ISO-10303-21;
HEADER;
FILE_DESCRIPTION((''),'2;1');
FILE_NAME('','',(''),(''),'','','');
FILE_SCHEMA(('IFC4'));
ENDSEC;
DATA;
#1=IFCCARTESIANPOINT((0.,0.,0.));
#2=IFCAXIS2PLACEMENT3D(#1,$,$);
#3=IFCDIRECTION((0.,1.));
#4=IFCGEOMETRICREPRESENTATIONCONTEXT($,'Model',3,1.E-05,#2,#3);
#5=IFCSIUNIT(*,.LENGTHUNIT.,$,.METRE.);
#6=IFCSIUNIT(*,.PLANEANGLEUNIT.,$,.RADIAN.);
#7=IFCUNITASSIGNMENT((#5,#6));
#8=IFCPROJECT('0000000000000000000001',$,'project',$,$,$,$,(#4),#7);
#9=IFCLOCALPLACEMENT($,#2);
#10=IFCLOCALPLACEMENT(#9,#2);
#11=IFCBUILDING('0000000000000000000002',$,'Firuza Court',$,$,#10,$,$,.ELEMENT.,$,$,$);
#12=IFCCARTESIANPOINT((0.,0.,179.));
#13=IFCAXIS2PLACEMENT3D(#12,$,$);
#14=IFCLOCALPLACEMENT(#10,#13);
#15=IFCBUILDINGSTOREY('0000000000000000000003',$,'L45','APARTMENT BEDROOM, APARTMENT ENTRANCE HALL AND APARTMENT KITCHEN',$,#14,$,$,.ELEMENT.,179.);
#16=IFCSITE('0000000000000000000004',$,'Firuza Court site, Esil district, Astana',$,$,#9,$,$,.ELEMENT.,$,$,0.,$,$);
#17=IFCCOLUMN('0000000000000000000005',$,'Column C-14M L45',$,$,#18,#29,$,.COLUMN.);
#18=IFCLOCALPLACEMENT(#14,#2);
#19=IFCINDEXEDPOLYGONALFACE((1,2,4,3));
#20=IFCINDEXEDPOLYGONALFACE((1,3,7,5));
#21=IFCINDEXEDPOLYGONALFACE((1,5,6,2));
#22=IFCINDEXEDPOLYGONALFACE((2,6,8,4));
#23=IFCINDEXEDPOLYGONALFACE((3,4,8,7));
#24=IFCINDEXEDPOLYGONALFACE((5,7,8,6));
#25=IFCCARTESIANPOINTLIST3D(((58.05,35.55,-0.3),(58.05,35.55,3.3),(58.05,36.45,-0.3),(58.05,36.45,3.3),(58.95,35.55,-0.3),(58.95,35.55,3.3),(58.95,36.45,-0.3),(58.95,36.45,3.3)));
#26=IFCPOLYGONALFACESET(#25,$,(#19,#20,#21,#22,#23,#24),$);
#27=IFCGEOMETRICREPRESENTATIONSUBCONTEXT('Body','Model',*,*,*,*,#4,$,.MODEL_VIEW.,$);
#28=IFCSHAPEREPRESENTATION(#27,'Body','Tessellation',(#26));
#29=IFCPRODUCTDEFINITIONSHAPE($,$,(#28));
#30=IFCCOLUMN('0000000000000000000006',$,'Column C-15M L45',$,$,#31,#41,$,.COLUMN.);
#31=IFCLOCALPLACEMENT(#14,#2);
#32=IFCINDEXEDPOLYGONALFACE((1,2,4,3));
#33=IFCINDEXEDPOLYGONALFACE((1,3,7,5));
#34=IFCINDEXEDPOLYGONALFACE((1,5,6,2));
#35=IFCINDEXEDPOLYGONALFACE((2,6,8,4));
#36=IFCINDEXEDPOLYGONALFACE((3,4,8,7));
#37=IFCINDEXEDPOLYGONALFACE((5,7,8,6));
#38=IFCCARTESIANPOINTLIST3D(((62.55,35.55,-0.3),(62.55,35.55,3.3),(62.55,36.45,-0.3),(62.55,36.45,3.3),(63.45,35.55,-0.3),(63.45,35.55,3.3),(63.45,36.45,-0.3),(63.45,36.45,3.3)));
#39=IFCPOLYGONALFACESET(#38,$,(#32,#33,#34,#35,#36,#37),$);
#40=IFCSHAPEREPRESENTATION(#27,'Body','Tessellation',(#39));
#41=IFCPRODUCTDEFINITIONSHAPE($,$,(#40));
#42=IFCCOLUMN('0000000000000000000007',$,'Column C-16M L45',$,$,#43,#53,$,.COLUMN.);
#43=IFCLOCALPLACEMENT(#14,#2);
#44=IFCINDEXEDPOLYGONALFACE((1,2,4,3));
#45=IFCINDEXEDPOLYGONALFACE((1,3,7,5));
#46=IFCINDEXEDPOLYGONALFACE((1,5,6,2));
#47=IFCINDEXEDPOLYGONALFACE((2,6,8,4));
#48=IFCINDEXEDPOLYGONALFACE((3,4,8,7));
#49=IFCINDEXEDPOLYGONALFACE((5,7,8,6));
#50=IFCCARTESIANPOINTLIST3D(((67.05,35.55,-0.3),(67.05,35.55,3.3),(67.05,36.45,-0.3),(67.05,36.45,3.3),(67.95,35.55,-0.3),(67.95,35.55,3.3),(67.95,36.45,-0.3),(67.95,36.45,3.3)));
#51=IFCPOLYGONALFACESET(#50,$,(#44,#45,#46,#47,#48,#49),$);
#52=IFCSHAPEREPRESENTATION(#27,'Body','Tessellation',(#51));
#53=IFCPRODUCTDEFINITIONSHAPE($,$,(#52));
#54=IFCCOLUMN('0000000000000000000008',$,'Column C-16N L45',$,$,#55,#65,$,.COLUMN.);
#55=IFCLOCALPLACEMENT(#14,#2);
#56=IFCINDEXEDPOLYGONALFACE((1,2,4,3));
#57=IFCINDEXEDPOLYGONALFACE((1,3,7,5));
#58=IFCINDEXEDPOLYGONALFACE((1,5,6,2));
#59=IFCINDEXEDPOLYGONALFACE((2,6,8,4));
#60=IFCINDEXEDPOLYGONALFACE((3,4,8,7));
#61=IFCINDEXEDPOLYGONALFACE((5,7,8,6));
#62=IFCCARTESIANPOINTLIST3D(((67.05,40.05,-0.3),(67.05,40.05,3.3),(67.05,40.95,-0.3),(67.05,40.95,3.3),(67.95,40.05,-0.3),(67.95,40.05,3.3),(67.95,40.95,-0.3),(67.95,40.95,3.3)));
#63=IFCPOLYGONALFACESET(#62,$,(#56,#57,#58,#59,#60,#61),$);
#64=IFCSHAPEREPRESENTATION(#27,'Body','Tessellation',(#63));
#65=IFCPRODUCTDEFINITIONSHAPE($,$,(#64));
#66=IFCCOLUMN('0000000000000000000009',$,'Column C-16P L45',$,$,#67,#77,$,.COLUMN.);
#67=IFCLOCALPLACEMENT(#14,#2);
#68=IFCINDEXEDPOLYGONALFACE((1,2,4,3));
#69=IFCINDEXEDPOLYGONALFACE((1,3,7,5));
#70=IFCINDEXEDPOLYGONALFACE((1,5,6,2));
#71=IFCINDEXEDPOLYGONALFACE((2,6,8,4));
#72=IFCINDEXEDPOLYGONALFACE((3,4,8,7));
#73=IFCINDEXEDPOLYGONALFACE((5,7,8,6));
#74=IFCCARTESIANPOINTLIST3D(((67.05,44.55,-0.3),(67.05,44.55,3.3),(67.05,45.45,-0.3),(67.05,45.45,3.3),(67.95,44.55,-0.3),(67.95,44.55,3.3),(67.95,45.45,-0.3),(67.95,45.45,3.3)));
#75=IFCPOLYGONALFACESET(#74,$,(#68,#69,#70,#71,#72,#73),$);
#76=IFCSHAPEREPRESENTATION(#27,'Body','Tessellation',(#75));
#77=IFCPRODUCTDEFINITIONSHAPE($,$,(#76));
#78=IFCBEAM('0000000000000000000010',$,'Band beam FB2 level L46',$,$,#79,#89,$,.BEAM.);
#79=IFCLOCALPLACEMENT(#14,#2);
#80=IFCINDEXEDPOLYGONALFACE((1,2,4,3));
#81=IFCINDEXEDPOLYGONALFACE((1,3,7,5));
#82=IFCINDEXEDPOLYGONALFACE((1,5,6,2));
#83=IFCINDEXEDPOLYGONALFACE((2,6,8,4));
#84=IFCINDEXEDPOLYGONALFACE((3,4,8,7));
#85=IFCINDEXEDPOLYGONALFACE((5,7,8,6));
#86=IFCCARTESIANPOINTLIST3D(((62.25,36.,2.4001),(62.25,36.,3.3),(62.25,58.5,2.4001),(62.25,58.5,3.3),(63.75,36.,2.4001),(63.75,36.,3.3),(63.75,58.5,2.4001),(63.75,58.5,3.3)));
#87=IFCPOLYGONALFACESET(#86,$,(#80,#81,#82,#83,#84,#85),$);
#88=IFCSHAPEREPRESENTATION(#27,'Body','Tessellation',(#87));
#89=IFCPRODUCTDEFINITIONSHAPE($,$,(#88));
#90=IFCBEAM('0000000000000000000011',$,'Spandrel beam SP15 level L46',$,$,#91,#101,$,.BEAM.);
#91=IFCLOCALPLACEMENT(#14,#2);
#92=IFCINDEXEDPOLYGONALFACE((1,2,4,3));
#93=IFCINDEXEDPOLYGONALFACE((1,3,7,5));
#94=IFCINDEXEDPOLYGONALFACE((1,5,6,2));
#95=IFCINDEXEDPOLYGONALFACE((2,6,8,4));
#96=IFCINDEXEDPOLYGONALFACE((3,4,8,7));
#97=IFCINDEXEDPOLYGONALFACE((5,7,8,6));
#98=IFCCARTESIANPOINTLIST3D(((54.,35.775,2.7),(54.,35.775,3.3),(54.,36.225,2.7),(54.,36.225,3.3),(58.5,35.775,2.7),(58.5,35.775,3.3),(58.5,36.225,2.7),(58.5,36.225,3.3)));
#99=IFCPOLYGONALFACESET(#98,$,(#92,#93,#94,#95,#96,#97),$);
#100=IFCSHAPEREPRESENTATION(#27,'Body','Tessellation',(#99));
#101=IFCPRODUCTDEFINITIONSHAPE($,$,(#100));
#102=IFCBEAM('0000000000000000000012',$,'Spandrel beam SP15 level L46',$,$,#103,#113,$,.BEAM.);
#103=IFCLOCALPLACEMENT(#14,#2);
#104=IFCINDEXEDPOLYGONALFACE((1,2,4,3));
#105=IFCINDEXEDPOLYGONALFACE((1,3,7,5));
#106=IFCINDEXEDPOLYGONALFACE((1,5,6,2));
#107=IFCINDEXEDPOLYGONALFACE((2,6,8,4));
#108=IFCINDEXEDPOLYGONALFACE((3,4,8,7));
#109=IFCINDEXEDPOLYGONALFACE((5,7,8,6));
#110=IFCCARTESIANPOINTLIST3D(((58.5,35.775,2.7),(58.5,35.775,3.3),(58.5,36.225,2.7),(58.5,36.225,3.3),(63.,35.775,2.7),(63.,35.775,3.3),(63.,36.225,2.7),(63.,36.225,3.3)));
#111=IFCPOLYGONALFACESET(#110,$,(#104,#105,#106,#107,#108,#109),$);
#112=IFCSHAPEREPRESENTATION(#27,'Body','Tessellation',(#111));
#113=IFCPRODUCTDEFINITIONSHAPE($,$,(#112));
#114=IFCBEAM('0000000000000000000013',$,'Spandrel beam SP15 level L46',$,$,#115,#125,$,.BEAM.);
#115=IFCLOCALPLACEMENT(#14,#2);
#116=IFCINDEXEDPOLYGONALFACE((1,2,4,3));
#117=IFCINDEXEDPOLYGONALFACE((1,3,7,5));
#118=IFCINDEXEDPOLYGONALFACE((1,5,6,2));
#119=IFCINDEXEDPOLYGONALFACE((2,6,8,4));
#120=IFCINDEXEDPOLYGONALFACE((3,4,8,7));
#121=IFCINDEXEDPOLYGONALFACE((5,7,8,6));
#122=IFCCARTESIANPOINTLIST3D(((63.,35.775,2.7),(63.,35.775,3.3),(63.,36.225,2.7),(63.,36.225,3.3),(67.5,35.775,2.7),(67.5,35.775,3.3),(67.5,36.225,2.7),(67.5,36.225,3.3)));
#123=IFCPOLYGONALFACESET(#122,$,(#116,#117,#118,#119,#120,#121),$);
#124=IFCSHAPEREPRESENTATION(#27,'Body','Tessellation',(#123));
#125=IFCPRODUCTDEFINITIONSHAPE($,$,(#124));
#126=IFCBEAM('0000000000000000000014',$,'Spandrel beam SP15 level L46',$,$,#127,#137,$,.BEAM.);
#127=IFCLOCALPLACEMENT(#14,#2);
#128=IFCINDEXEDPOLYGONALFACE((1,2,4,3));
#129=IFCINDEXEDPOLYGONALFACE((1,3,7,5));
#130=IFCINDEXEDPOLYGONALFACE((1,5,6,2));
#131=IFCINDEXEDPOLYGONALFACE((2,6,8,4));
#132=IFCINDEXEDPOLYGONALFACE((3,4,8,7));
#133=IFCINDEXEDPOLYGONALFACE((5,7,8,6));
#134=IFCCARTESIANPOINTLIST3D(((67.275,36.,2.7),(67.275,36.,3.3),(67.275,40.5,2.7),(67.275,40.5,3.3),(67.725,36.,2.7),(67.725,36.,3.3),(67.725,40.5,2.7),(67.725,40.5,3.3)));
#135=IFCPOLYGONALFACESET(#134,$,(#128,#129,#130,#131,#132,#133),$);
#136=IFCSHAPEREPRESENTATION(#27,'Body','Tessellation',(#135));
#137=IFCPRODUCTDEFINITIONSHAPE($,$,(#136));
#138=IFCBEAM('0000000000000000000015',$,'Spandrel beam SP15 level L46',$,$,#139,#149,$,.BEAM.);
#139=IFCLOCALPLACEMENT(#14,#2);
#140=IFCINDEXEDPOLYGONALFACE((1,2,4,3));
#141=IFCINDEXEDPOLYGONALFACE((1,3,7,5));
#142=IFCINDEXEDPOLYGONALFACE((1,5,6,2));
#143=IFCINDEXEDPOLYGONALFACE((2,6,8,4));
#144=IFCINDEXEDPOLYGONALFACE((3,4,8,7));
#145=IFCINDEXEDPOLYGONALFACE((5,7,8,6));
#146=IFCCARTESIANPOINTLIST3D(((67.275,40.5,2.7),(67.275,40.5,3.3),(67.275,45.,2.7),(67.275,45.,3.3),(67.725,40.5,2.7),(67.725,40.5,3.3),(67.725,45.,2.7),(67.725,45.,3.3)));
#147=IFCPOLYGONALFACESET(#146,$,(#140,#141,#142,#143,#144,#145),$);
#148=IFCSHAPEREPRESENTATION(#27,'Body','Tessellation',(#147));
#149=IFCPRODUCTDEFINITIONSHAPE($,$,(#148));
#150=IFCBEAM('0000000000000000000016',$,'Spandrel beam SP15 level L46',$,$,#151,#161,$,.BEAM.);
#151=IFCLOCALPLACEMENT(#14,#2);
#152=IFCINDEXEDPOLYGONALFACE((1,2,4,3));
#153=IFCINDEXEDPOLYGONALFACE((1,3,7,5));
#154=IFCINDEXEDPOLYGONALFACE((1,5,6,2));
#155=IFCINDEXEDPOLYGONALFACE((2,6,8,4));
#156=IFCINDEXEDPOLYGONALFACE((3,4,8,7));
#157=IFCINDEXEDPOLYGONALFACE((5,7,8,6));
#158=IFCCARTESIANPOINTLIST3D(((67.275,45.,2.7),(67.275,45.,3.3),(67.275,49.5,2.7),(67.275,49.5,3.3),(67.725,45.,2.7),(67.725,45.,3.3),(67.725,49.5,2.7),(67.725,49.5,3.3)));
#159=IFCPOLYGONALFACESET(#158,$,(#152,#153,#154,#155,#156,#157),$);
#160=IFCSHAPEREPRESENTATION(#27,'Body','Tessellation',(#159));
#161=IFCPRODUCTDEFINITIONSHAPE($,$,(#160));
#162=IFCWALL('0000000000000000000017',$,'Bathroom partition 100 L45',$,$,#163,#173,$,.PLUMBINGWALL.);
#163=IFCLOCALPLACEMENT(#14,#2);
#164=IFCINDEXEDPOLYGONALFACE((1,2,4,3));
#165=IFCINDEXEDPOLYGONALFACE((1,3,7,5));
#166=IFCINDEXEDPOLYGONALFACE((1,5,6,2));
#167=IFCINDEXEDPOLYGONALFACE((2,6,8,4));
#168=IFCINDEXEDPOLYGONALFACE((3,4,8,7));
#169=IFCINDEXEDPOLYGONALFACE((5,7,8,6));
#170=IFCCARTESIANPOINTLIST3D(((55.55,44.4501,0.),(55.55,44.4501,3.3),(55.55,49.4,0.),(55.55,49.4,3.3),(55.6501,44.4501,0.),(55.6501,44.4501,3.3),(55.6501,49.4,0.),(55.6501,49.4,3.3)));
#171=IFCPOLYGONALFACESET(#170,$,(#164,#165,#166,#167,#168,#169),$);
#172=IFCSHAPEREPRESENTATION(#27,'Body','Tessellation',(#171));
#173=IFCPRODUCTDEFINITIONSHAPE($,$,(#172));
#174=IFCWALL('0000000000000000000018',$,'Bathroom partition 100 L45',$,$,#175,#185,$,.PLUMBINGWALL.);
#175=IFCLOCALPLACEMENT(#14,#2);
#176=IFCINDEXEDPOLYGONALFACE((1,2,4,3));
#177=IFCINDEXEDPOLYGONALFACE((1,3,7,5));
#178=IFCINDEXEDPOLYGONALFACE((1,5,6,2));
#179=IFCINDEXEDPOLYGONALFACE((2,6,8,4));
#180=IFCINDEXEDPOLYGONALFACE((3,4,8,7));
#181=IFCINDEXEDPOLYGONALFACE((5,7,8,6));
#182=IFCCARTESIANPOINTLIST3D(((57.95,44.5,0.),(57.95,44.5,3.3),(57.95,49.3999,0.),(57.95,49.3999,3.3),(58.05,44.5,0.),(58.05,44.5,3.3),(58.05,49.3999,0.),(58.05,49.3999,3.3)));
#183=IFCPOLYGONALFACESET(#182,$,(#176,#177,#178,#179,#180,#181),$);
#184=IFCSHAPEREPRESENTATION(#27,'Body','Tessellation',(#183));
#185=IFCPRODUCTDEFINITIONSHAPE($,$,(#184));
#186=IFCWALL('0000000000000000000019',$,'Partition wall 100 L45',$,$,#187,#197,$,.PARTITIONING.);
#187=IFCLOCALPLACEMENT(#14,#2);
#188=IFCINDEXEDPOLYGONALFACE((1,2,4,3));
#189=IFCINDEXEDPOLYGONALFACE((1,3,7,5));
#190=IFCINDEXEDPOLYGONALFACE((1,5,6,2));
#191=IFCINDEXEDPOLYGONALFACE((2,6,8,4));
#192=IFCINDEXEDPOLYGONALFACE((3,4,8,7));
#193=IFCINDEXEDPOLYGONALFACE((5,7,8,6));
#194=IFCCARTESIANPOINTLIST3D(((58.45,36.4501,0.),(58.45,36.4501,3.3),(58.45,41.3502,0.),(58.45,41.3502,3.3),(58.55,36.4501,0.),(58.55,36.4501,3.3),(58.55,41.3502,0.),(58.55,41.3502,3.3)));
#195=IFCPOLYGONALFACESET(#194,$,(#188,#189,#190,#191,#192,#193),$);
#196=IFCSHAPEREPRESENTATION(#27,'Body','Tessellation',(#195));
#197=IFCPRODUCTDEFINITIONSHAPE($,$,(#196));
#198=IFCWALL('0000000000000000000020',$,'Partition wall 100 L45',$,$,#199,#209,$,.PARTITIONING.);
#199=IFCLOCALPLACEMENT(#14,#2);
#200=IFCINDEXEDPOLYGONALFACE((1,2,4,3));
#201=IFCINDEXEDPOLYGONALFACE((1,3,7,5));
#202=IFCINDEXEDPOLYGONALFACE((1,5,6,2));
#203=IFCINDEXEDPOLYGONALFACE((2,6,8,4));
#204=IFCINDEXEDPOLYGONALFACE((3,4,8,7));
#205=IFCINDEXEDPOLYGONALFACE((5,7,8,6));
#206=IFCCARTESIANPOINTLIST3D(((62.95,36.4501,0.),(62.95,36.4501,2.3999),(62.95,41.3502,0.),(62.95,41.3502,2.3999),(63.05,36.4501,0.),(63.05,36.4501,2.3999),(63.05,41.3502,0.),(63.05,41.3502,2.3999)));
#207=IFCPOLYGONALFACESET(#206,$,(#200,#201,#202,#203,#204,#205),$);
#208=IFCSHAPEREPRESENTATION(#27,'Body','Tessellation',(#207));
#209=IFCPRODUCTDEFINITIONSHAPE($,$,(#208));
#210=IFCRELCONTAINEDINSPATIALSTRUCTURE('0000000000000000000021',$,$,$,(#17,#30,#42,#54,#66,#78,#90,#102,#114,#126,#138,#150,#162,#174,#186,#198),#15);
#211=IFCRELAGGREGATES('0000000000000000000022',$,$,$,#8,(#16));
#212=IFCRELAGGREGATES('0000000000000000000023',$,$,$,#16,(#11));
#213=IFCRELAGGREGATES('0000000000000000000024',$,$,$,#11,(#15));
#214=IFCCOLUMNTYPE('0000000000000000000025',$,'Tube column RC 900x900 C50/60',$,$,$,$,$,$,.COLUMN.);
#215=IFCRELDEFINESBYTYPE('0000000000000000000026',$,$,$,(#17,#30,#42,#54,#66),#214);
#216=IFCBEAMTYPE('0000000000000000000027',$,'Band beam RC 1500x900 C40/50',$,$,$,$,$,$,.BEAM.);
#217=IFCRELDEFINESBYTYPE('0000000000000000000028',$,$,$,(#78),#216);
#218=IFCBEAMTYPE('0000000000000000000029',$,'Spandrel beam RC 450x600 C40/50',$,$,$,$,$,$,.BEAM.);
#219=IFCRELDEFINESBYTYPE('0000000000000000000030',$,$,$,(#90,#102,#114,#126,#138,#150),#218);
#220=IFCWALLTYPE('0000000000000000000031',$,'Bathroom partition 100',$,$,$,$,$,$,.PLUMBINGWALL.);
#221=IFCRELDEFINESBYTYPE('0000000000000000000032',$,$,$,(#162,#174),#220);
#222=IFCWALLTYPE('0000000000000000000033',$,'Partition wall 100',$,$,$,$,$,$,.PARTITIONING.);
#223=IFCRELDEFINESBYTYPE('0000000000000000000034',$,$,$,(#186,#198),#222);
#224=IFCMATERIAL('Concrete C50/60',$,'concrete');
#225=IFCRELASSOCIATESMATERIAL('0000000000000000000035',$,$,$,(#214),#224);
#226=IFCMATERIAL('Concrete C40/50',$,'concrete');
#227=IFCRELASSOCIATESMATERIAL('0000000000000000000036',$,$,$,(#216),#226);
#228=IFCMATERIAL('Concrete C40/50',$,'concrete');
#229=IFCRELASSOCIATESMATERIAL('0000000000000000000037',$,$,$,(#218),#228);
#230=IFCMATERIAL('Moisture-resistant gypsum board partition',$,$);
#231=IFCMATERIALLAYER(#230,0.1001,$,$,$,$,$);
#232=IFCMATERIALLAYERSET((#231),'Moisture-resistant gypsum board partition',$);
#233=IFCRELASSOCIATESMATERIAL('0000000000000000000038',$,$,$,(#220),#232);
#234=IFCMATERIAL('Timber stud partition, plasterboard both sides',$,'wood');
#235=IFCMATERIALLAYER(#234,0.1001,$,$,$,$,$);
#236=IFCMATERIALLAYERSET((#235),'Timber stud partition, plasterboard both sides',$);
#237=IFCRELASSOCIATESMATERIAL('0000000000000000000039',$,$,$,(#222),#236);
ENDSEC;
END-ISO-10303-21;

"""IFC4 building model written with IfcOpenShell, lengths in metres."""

from ifc_helpers import new_model, si_unit, direction, frame, frame_2d, origin, origin_2d, place, context, subcontext, project, spatial, rectangle, extrude, material, layer, layer_set, material_profile, profile_set, type_object, element, save


model = new_model("IFC4")

# Units and contexts
model_context = context("Model", 3, precision=1e-05, world=origin(), true_north=direction((0.0, 1.0)))
body_context = subcontext(model_context, "Body", "Model", "MODEL_VIEW")
ifc_project = project(units=[si_unit("LENGTHUNIT", "METRE"), si_unit("PLANEANGLEUNIT", "RADIAN")], contexts=[model_context])

# Site, building, storey
site_placement = place(None, origin())
site = spatial("IfcSite", under=ifc_project, at=site_placement, Name="Firuza Court site, Esil district, Astana", CompositionType="ELEMENT", RefElevation=0.0)
building_placement = place(site_placement, origin())
building = spatial("IfcBuilding", under=site, at=building_placement, Name="Firuza Court", CompositionType="ELEMENT")
storey_placement = place(building_placement, frame((0.0, 0.0, 179.0)))
storey = spatial("IfcBuildingStorey", under=building, at=storey_placement, Name="L45", Description="APARTMENT BEDROOM, APARTMENT ENTRANCE HALL AND APARTMENT KITCHEN", CompositionType="ELEMENT", Elevation=179.0)

# Columns
ifc_material_1 = material(Name="Concrete C50/60", Category="concrete")
ifc_material_profile_1 = material_profile(ifc_material_1, rectangle(XDim=0.8999, YDim=0.8999, at=origin_2d()), Name="RC 900x900")
ifc_profile_set_1 = profile_set([ifc_material_profile_1], Name="Concrete C50/60")
column_type = type_object("IfcColumnType", Name="Tube column RC 900x900 C50/60", PredefinedType="COLUMN", material=ifc_profile_set_1)
for number, where, z_axis, x_axis, name in (
    (1, (58.5, 36.0, -0.3), (0.0, 0.0, 1.0), (1.0, 0.0, 0.0), "Column C-14M L45"),
    (2, (63.0, 36.0, -0.3), (0.0, 0.0, 1.0), (1.0, 0.0, 0.0), "Column C-15M L45"),
    (3, (67.5, 36.0, -0.3), (0.0, 0.0, 1.0), (1.0, 0.0, 0.0), "Column C-16M L45"),
    (4, (67.5, 40.5, -0.3), (0.0, 0.0, 1.0), (1.0, 0.0, 0.0), "Column C-16N L45"),
    (5, (67.5, 45.0, -0.3), (0.0, 0.0, 1.0), (1.0, 0.0, 0.0), "Column C-16P L45"),
):
    element("IfcColumn", number, at=place(storey_placement, frame(where, z_axis=z_axis, x_axis=x_axis)), inside=storey, type_object=column_type, Name=name, PredefinedType="COLUMN", context=body_context, shape_type="SweptSolid", body=[
        extrude(rectangle(XDim=0.8999, YDim=0.8999, at=origin_2d()), origin(), (0.0, 0.0, 1.0), 3.6001),
    ])

# Beams
ifc_material_2 = material(Name="Concrete C40/50", Category="concrete")
ifc_material_profile_2 = material_profile(ifc_material_2, rectangle(XDim=1.5, YDim=0.8999, at=origin_2d()), Name="RC 1500x900")
ifc_profile_set_2 = profile_set([ifc_material_profile_2], Name="Concrete C40/50")
beam_type_1 = type_object("IfcBeamType", Name="Band beam RC 1500x900 C40/50", PredefinedType="BEAM", material=ifc_profile_set_2)
beam_placement = place(storey_placement, frame((63.0, 36.0, 2.8501), z_axis=(0.0, 1.0, 0.0), x_axis=(-1.0, 0.0, 0.0)))
element("IfcBeam", 6, at=beam_placement, inside=storey, type_object=beam_type_1, Name="Band beam FB2 level L46", PredefinedType="BEAM", context=body_context, shape_type="SweptSolid", body=[
    extrude(rectangle(XDim=1.5, YDim=0.8999, at=origin_2d()), origin(), (0.0, 0.0, 1.0), 22.5),
])
ifc_material_3 = material(Name="Concrete C40/50", Category="concrete")
ifc_material_profile_3 = material_profile(ifc_material_3, rectangle(XDim=0.45, YDim=0.6001, at=origin_2d()), Name="RC 450x600")
ifc_profile_set_3 = profile_set([ifc_material_profile_3], Name="Concrete C40/50")
beam_type_2 = type_object("IfcBeamType", Name="Spandrel beam RC 450x600 C40/50", PredefinedType="BEAM", material=ifc_profile_set_3)
for number, where, z_axis, x_axis, name in (
    (7, (54.0, 36.0, 3.0), (1.0, 0.0, 0.0), (0.0, 1.0, 0.0), "Spandrel beam SP15 level L46"),
    (8, (58.5, 36.0, 3.0), (1.0, 0.0, 0.0), (0.0, 1.0, 0.0), "Spandrel beam SP15 level L46"),
    (9, (63.0, 36.0, 3.0), (1.0, 0.0, 0.0), (0.0, 1.0, 0.0), "Spandrel beam SP15 level L46"),
    (10, (67.5, 36.0, 3.0), (0.0, 1.0, 0.0), (-1.0, 0.0, 0.0), "Spandrel beam SP15 level L46"),
    (11, (67.5, 40.5, 3.0), (0.0, 1.0, 0.0), (-1.0, 0.0, 0.0), "Spandrel beam SP15 level L46"),
    (12, (67.5, 45.0, 3.0), (0.0, 1.0, 0.0), (-1.0, 0.0, 0.0), "Spandrel beam SP15 level L46"),
):
    element("IfcBeam", number, at=place(storey_placement, frame(where, z_axis=z_axis, x_axis=x_axis)), inside=storey, type_object=beam_type_2, Name=name, PredefinedType="BEAM", context=body_context, shape_type="SweptSolid", body=[
        extrude(rectangle(XDim=0.45, YDim=0.6001, at=origin_2d()), origin(), (0.0, 0.0, 1.0), 4.5),
    ])

# Walls
ifc_material_4 = material(Name="Moisture-resistant gypsum board partition")
ifc_layer_1 = layer(ifc_material_4, 0.1001)
ifc_layer_set_1 = layer_set([ifc_layer_1], Name="Moisture-resistant gypsum board partition")
wall_type_1 = type_object("IfcWallType", Name="Bathroom partition 100", PredefinedType="PLUMBINGWALL", material=ifc_layer_set_1)
wall_1_placement = place(storey_placement, frame((55.6001, 44.45, 0.0), z_axis=(0.0, 0.0, 1.0), x_axis=(0.0, 1.0, 0.0)))
element("IfcWall", 13, at=wall_1_placement, inside=storey, type_object=wall_type_1, Name="Bathroom partition 100 L45", PredefinedType="PLUMBINGWALL", context=body_context, shape_type="SweptSolid", body=[
    extrude(rectangle(XDim=4.95, YDim=0.1001, at=frame_2d((2.4751, 0.0))), origin(), (0.0, 0.0, 1.0), 3.3),
])
wall_2_placement = place(storey_placement, frame((58.0, 44.5, 0.0), z_axis=(0.0, 0.0, 1.0), x_axis=(0.0, 1.0, 0.0)))
element("IfcWall", 14, at=wall_2_placement, inside=storey, type_object=wall_type_1, Name="Bathroom partition 100 L45", PredefinedType="PLUMBINGWALL", context=body_context, shape_type="SweptSolid", body=[
    extrude(rectangle(XDim=4.8999, YDim=0.1001, at=frame_2d((2.45, 0.0))), origin(), (0.0, 0.0, 1.0), 3.3),
])
ifc_material_5 = material(Name="Timber stud partition, plasterboard both sides", Category="wood")
ifc_layer_2 = layer(ifc_material_5, 0.1001)
ifc_layer_set_2 = layer_set([ifc_layer_2], Name="Timber stud partition, plasterboard both sides")
wall_type_2 = type_object("IfcWallType", Name="Partition wall 100", PredefinedType="PARTITIONING", material=ifc_layer_set_2)
wall_3_placement = place(storey_placement, frame((58.5, 36.45, 0.0), z_axis=(0.0, 0.0, 1.0), x_axis=(0.0, 1.0, 0.0)))
element("IfcWall", 15, at=wall_3_placement, inside=storey, type_object=wall_type_2, Name="Partition wall 100 L45", PredefinedType="PARTITIONING", context=body_context, shape_type="SweptSolid", body=[
    extrude(rectangle(XDim=4.9001, YDim=0.1001, at=frame_2d((2.4502, 0.0))), origin(), (0.0, 0.0, 1.0), 3.3),
])
wall_4_placement = place(storey_placement, frame((63.0, 36.45, 0.0), z_axis=(0.0, 0.0, 1.0), x_axis=(0.0, 1.0, 0.0)))
element("IfcWall", 16, at=wall_4_placement, inside=storey, type_object=wall_type_2, Name="Partition wall 100 L45", PredefinedType="PARTITIONING", context=body_context, shape_type="SweptSolid", body=[
    extrude(rectangle(XDim=4.9001, YDim=0.1001, at=frame_2d((2.4502, 0.0))), origin(), (0.0, 0.0, 1.0), 2.3999),
])

save(model, "model.ifc")
